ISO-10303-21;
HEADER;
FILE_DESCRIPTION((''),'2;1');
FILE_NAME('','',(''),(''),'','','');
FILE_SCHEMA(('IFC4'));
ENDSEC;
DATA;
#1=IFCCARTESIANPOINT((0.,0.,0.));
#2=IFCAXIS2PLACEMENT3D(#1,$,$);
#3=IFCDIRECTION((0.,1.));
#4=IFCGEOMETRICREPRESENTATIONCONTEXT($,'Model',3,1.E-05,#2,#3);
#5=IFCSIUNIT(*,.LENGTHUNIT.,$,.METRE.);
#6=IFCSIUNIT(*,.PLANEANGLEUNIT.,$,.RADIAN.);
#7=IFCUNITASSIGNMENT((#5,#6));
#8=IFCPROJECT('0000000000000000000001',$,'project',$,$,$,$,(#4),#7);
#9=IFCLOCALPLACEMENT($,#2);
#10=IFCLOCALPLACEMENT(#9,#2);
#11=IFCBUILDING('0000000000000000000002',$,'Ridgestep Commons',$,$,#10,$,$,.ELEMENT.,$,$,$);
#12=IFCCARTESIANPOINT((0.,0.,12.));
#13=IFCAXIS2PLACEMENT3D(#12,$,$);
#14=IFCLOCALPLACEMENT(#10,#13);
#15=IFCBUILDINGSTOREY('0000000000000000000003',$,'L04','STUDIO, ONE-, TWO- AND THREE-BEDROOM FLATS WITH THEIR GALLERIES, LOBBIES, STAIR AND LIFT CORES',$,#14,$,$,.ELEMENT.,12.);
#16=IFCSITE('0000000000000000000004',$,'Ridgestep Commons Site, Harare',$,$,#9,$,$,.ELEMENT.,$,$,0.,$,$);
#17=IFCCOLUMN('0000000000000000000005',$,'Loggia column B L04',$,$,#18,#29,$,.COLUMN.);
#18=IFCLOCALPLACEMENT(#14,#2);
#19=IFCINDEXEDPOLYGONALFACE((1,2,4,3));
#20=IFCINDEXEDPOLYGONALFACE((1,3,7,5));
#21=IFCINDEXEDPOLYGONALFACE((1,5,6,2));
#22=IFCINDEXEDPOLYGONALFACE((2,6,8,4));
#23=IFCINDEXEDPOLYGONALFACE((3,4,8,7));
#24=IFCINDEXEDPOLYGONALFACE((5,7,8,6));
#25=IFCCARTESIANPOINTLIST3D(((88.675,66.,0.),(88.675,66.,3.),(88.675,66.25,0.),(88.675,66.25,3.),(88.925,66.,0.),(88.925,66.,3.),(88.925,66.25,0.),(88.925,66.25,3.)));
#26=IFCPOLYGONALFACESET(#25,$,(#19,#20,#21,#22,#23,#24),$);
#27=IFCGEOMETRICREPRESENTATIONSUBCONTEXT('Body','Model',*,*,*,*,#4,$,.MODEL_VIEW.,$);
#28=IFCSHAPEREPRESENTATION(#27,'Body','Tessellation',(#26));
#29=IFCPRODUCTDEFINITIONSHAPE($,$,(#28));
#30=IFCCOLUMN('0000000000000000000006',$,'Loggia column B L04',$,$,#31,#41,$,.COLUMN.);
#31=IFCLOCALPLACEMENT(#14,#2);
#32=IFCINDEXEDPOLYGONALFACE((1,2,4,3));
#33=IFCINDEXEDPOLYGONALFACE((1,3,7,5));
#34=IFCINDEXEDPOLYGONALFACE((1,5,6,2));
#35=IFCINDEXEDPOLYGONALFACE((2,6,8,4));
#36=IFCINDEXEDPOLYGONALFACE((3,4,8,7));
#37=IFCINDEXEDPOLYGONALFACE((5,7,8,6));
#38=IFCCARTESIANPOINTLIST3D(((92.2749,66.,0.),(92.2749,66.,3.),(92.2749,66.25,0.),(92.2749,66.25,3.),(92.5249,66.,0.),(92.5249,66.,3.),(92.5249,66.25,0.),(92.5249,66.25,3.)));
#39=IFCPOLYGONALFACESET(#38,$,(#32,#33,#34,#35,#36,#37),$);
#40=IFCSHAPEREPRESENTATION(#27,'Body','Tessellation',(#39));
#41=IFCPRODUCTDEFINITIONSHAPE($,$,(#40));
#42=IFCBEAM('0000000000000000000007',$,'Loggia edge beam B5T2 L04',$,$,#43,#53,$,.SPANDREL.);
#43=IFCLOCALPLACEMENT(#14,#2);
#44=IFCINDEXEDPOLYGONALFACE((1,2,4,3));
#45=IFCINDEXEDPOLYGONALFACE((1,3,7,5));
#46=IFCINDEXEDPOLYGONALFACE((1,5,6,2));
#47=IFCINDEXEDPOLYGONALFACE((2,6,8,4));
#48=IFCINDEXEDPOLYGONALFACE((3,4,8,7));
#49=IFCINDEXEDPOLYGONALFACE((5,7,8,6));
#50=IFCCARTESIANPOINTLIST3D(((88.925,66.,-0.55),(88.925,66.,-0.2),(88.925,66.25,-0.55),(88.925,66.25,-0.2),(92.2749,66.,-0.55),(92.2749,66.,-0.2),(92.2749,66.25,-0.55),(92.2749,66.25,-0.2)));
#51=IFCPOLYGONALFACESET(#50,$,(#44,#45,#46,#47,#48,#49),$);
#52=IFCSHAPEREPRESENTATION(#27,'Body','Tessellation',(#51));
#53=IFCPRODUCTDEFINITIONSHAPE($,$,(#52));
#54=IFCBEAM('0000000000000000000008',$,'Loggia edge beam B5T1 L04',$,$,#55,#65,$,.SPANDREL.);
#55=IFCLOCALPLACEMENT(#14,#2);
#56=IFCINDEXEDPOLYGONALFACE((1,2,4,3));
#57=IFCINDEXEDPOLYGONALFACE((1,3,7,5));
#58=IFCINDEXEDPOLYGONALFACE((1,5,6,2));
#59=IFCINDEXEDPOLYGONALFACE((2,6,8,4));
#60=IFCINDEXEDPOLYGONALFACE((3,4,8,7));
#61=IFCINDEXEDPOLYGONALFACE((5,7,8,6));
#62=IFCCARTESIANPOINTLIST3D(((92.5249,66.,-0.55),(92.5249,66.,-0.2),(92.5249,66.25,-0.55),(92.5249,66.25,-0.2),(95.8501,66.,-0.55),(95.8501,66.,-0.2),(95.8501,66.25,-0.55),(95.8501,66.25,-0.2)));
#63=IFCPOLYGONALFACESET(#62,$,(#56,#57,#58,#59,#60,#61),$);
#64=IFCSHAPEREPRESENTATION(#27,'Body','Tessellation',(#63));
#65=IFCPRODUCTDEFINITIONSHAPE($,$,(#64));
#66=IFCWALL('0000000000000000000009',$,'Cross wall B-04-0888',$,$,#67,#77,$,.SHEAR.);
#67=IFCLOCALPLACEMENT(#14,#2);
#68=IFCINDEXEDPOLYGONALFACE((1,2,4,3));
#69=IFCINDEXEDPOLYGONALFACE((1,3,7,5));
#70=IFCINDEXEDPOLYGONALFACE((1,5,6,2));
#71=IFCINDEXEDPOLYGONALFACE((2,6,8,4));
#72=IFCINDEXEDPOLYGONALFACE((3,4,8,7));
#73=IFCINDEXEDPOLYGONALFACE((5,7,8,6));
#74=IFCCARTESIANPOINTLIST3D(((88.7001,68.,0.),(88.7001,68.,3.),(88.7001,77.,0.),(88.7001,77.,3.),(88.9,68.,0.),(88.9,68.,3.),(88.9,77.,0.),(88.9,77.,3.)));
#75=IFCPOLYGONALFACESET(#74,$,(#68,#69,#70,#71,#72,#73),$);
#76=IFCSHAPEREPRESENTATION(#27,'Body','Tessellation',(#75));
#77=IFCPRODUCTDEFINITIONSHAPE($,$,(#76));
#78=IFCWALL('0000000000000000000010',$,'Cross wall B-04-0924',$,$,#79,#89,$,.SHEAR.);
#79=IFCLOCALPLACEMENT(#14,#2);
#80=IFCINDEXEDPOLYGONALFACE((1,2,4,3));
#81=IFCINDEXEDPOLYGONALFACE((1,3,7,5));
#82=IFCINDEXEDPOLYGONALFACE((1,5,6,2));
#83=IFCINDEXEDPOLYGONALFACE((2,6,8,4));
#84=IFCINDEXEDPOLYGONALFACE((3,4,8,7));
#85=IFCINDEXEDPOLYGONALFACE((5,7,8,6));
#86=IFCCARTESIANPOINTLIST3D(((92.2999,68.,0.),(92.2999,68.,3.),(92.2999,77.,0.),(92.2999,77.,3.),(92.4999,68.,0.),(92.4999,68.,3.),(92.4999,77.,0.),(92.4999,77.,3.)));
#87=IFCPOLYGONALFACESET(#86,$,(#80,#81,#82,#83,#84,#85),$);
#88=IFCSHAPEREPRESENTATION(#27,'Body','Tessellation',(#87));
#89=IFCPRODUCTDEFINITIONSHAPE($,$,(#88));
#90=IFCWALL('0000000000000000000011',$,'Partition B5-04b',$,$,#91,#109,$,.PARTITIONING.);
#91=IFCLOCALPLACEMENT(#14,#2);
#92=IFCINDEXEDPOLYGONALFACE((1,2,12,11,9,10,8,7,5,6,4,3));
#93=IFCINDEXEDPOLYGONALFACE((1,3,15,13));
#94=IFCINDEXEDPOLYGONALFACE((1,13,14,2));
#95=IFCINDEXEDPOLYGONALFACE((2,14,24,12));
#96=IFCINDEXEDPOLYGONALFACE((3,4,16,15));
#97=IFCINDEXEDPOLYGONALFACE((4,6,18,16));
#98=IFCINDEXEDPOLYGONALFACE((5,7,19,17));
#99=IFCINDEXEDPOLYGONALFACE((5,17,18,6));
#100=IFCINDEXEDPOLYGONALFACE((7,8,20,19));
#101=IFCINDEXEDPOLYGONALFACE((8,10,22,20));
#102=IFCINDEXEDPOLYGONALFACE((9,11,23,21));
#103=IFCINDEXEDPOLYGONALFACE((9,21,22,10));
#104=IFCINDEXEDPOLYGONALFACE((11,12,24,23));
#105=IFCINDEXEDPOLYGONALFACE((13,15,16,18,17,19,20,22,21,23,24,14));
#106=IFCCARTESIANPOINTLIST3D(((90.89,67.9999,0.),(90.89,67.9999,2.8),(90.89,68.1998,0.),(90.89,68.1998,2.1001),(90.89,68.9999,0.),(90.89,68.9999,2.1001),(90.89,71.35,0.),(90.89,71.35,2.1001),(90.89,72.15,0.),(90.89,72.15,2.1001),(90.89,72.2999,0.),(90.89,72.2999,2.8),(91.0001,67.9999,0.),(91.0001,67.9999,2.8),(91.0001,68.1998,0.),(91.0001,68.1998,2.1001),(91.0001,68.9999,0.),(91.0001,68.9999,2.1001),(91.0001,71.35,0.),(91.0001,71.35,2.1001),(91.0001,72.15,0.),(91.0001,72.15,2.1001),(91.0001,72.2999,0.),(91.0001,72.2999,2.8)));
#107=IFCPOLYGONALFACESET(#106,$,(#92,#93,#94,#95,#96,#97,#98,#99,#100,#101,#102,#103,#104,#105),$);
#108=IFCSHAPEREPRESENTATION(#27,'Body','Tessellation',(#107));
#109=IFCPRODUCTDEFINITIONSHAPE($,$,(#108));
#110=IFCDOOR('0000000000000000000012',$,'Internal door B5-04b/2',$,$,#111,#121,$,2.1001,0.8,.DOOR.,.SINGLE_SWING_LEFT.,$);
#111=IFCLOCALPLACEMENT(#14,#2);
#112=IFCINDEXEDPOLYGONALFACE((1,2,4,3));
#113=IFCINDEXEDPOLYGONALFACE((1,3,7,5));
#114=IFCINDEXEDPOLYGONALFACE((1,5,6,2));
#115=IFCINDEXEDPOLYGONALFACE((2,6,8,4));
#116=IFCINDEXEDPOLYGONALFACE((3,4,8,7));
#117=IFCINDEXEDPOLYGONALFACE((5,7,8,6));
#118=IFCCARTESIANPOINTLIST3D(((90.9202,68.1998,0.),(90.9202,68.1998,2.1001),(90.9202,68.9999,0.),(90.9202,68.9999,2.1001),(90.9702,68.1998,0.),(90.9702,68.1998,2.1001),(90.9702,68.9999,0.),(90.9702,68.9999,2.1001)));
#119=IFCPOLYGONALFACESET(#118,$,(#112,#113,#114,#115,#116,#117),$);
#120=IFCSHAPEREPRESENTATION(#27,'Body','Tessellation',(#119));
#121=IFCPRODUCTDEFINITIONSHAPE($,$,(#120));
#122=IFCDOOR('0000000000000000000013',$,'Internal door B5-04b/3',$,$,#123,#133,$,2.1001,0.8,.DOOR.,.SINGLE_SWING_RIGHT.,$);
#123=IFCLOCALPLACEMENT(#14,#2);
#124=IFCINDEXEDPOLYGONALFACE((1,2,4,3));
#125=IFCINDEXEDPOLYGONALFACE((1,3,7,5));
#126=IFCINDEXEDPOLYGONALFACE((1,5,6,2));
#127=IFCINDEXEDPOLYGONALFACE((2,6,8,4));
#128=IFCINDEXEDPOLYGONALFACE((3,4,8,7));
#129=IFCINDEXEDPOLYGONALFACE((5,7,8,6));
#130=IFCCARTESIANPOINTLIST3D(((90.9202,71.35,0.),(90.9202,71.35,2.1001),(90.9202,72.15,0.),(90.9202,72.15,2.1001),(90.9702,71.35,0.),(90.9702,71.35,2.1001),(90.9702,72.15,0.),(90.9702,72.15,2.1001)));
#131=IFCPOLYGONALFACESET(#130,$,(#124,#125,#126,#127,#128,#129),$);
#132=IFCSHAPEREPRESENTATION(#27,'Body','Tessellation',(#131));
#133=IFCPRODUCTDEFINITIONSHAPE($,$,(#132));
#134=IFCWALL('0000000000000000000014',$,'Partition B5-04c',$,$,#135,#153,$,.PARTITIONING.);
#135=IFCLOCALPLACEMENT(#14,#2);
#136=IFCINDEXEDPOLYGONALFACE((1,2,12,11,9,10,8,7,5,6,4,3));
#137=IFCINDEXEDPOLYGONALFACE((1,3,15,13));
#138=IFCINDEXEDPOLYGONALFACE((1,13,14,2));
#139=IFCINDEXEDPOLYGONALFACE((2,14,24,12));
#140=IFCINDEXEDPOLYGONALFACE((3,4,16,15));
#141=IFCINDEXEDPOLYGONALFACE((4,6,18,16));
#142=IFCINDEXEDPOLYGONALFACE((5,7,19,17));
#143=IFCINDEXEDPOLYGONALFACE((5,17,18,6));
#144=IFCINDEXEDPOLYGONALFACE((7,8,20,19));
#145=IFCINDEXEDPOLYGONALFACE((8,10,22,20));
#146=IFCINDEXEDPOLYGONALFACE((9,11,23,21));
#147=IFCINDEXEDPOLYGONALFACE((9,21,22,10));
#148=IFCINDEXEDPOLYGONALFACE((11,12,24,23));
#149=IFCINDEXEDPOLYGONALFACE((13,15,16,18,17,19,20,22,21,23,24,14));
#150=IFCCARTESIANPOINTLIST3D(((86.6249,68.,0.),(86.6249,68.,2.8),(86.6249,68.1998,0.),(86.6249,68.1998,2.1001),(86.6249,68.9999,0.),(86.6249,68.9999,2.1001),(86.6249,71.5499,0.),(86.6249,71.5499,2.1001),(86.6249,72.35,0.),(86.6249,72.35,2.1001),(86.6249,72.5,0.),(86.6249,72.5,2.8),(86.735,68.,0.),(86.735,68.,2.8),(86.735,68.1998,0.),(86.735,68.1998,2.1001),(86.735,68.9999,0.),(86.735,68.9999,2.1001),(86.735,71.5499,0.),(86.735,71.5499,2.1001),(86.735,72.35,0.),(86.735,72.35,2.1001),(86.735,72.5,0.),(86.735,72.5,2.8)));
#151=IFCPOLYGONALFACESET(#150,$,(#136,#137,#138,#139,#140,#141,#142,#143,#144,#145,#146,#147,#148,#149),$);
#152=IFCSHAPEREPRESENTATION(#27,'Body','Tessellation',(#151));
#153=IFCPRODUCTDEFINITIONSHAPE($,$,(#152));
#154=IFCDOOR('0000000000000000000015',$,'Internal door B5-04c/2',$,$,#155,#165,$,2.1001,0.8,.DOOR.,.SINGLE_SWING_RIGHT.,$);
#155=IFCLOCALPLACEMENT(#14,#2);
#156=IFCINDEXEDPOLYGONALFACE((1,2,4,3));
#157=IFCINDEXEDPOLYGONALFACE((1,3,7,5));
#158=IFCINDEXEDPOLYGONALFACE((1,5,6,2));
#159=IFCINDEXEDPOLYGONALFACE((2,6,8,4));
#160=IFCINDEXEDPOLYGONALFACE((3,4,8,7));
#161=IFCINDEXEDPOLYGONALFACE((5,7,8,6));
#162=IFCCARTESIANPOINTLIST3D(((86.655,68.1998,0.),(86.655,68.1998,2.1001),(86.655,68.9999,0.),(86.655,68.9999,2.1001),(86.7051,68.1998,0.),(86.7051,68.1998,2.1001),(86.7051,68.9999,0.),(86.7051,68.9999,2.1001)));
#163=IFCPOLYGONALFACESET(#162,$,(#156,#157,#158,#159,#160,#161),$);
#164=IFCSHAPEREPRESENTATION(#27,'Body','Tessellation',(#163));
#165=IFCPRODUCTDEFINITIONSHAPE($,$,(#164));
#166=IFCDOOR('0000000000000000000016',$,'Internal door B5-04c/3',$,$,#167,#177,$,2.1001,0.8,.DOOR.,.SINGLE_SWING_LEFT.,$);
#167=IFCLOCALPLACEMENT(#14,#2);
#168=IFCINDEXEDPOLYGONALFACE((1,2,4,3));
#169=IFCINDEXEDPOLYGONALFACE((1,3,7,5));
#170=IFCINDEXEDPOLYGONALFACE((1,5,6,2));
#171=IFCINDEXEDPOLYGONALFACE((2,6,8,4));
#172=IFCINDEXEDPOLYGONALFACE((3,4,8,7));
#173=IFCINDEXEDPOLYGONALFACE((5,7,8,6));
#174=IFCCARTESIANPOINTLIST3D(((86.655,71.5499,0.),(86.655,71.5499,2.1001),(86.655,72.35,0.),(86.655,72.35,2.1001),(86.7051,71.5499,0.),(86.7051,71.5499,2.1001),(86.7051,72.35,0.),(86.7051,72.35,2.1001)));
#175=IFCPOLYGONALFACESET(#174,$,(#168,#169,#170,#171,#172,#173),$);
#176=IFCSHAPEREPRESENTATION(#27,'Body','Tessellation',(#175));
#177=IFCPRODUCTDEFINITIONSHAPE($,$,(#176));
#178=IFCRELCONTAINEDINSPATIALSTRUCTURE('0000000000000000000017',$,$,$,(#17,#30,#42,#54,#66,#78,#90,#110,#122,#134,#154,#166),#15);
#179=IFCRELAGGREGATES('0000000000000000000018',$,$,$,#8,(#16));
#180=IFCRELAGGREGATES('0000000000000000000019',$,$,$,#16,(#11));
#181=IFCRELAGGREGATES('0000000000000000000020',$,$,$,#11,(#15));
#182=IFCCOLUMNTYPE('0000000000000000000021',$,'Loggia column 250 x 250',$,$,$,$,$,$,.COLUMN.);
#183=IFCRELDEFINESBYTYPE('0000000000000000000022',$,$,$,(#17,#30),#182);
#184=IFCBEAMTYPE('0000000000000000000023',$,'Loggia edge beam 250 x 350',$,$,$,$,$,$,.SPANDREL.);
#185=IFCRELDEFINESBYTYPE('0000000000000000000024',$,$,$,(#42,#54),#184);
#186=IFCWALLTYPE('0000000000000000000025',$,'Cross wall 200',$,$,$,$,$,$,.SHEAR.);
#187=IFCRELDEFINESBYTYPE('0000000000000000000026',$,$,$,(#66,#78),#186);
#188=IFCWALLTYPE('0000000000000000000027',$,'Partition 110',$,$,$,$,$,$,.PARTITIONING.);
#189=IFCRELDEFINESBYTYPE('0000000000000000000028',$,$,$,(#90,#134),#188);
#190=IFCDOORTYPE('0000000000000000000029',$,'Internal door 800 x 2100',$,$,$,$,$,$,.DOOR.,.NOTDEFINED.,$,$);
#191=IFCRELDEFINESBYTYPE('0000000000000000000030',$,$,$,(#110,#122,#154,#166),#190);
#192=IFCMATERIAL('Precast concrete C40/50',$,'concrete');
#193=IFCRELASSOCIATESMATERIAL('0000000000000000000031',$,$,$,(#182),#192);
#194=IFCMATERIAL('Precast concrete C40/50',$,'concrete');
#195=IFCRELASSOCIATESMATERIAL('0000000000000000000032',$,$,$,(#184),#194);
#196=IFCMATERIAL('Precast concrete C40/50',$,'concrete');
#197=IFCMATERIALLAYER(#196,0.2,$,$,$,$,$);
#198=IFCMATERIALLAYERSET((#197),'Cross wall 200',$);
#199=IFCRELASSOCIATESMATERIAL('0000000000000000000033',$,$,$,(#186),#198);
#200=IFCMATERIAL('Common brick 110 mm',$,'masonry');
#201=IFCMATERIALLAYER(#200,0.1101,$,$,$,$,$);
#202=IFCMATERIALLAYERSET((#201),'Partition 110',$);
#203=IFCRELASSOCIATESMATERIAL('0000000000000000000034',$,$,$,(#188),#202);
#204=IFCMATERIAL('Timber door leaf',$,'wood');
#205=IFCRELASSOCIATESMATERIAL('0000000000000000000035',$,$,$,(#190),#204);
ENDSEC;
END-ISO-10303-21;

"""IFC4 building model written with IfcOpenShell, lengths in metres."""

from ifc_helpers import new_model, si_unit, direction, frame, frame_2d, origin, origin_2d, place, context, subcontext, project, spatial, rectangle, extrude, material, layer, layer_set, material_profile, profile_set, type_object, element, fill, save


model = new_model("IFC4")

# Units and contexts
model_context = context("Model", 3, precision=1e-05, world=origin(), true_north=direction((0.0, 1.0)))
body_context = subcontext(model_context, "Body", "Model", "MODEL_VIEW")
ifc_project = project(units=[si_unit("LENGTHUNIT", "METRE"), si_unit("PLANEANGLEUNIT", "RADIAN")], contexts=[model_context])

# Site, building, storey
site_placement = place(None, origin())
site = spatial("IfcSite", under=ifc_project, at=site_placement, Name="Ridgestep Commons Site, Harare", CompositionType="ELEMENT", RefElevation=0.0)
building_placement = place(site_placement, origin())
building = spatial("IfcBuilding", under=site, at=building_placement, Name="Ridgestep Commons", CompositionType="ELEMENT")
storey_placement = place(building_placement, frame((0.0, 0.0, 12.0)))
storey = spatial("IfcBuildingStorey", under=building, at=storey_placement, Name="L04", Description="STUDIO, ONE-, TWO- AND THREE-BEDROOM FLATS WITH THEIR GALLERIES, LOBBIES, STAIR AND LIFT CORES", CompositionType="ELEMENT", Elevation=12.0)

# Columns
ifc_material_1 = material(Name="Precast concrete C40/50", Category="concrete")
ifc_material_profile_1 = material_profile(ifc_material_1, rectangle(XDim=0.25, YDim=0.25, at=origin_2d()), Name="PC 250x250")
ifc_profile_set_1 = profile_set([ifc_material_profile_1], Name="Precast concrete C40/50")
column_type = type_object("IfcColumnType", Name="Loggia column 250 x 250", PredefinedType="COLUMN", material=ifc_profile_set_1)
for number, where, z_axis, x_axis, name in (
    (1, (88.8, 66.125, 0.0), (0.0, 0.0, 1.0), (1.0, 0.0, 0.0), "Loggia column B L04"),
    (2, (92.3999, 66.125, 0.0), (0.0, 0.0, 1.0), (1.0, 0.0, 0.0), "Loggia column B L04"),
):
    element("IfcColumn", number, at=place(storey_placement, frame(where, z_axis=z_axis, x_axis=x_axis)), inside=storey, type_object=column_type, Name=name, PredefinedType="COLUMN", context=body_context, shape_type="SweptSolid", body=[
        extrude(rectangle(XDim=0.25, YDim=0.25, at=origin_2d()), origin(), (0.0, 0.0, 1.0), 3.0),
    ])

# Beams
ifc_material_2 = material(Name="Precast concrete C40/50", Category="concrete")
ifc_material_profile_2 = material_profile(ifc_material_2, rectangle(XDim=0.25, YDim=0.3501, at=origin_2d()), Name="PC 250x350")
ifc_profile_set_2 = profile_set([ifc_material_profile_2], Name="Precast concrete C40/50")
beam_type = type_object("IfcBeamType", Name="Loggia edge beam 250 x 350", PredefinedType="SPANDREL", material=ifc_profile_set_2)
beam_1_placement = place(storey_placement, frame((88.925, 66.125, -0.375), z_axis=(1.0, 0.0, 0.0), x_axis=(0.0, 1.0, 0.0)))
element("IfcBeam", 3, at=beam_1_placement, inside=storey, type_object=beam_type, Name="Loggia edge beam B5T2 L04", PredefinedType="SPANDREL", context=body_context, shape_type="SweptSolid", body=[
    extrude(rectangle(XDim=0.25, YDim=0.3501, at=origin_2d()), origin(), (0.0, 0.0, 1.0), 3.3499),
])
beam_2_placement = place(storey_placement, frame((92.5249, 66.125, -0.375), z_axis=(1.0, 0.0, 0.0), x_axis=(0.0, 1.0, 0.0)))
element("IfcBeam", 4, at=beam_2_placement, inside=storey, type_object=beam_type, Name="Loggia edge beam B5T1 L04", PredefinedType="SPANDREL", context=body_context, shape_type="SweptSolid", body=[
    extrude(rectangle(XDim=0.25, YDim=0.3501, at=origin_2d()), origin(), (0.0, 0.0, 1.0), 3.3252),
])

# Walls
ifc_material_3 = material(Name="Precast concrete C40/50", Category="concrete")
ifc_layer_1 = layer(ifc_material_3, 0.2)
ifc_layer_set_1 = layer_set([ifc_layer_1], Name="Cross wall 200")
wall_type_1 = type_object("IfcWallType", Name="Cross wall 200", PredefinedType="SHEAR", material=ifc_layer_set_1)
for number, where, z_axis, x_axis, name in (
    (5, (88.8, 68.0, 0.0), (0.0, 0.0, 1.0), (0.0, 1.0, 0.0), "Cross wall B-04-0888"),
    (6, (92.3999, 68.0, 0.0), (0.0, 0.0, 1.0), (0.0, 1.0, 0.0), "Cross wall B-04-0924"),
):
    element("IfcWall", number, at=place(storey_placement, frame(where, z_axis=z_axis, x_axis=x_axis)), inside=storey, type_object=wall_type_1, Name=name, PredefinedType="SHEAR", context=body_context, shape_type="SweptSolid", body=[
        extrude(rectangle(XDim=9.0, YDim=0.2, at=frame_2d((4.5, 0.0))), origin(), (0.0, 0.0, 1.0), 3.0),
    ])

# Walls, openings, doors
ifc_material_4 = material(Name="Common brick 110 mm", Category="masonry")
ifc_layer_2 = layer(ifc_material_4, 0.1101)
ifc_layer_set_2 = layer_set([ifc_layer_2], Name="Partition 110")
wall_type_2 = type_object("IfcWallType", Name="Partition 110", PredefinedType="PARTITIONING", material=ifc_layer_set_2)
wall_1_placement = place(storey_placement, frame((90.9451, 68.0, 0.0), z_axis=(0.0, 0.0, 1.0), x_axis=(0.0, 1.0, 0.0)))
wall_1 = element("IfcWall", 7, at=wall_1_placement, inside=storey, type_object=wall_type_2, Name="Partition B5-04b", PredefinedType="PARTITIONING", context=body_context, shape_type="SweptSolid", body=[
    extrude(rectangle(XDim=4.3, YDim=0.1101, at=frame_2d((2.1499, 0.0))), origin(), (0.0, 0.0, 1.0), 2.8),
])
opening_1_placement = place(wall_1_placement, frame((0.2, 0.0, 0.0)))
opening_1 = element("IfcOpeningElement", 8, at=opening_1_placement, cuts=wall_1, PredefinedType="OPENING", context=body_context, shape_type="SweptSolid", body=[
    extrude(rectangle(XDim=0.8, YDim=2.1001, at=frame_2d((0.3999, 1.05))), frame((0.0, 0.0649, 0.0), z_axis=(0.0, -1.0, 0.0), x_axis=(1.0, 0.0, 0.0)), (0.0, 0.0, 1.0), 0.1301),
])
opening_2_placement = place(wall_1_placement, frame((3.3501, 0.0, 0.0)))
opening_2 = element("IfcOpeningElement", 9, at=opening_2_placement, cuts=wall_1, PredefinedType="OPENING", context=body_context, shape_type="SweptSolid", body=[
    extrude(rectangle(XDim=0.8, YDim=2.1001, at=frame_2d((0.3999, 1.05))), frame((0.0, 0.0649, 0.0), z_axis=(0.0, -1.0, 0.0), x_axis=(1.0, 0.0, 0.0)), (0.0, 0.0, 1.0), 0.1301),
])
ifc_material_5 = material(Name="Timber door leaf", Category="wood")
door_type_1 = type_object("IfcDoorType", Name="Internal door 800 x 2100", OperationType="NOTDEFINED", PredefinedType="DOOR", material=ifc_material_5)
door_1_placement = place(opening_1_placement, origin())
door_1 = element("IfcDoor", 10, at=door_1_placement, inside=storey, type_object=door_type_1, Name="Internal door B5-04b/2", OperationType="SINGLE_SWING_LEFT", OverallHeight=2.1001, OverallWidth=0.8, PredefinedType="DOOR", context=body_context, shape_type="SweptSolid", body=[
    extrude(rectangle(XDim=0.8, YDim=2.1001, at=frame_2d((0.3999, 1.05))), frame((0.0, 0.0249, 0.0), z_axis=(0.0, -1.0, 0.0), x_axis=(1.0, 0.0, 0.0)), (0.0, 0.0, 1.0), 0.05),
])
fill(opening_1, door_1)
door_2_placement = place(opening_2_placement, origin())
door_2 = element("IfcDoor", 11, at=door_2_placement, inside=storey, type_object=door_type_1, Name="Internal door B5-04b/3", OperationType="SINGLE_SWING_RIGHT", OverallHeight=2.1001, OverallWidth=0.8, PredefinedType="DOOR", context=body_context, shape_type="SweptSolid", body=[
    extrude(rectangle(XDim=0.8, YDim=2.1001, at=frame_2d((0.3999, 1.05))), frame((0.0, 0.0249, 0.0), z_axis=(0.0, -1.0, 0.0), x_axis=(1.0, 0.0, 0.0)), (0.0, 0.0, 1.0), 0.05),
])
fill(opening_2, door_2)
wall_2_placement = place(storey_placement, frame((86.6799, 68.0, 0.0), z_axis=(0.0, 0.0, 1.0), x_axis=(0.0, 1.0, 0.0)))
wall_2 = element("IfcWall", 12, at=wall_2_placement, inside=storey, type_object=wall_type_2, Name="Partition B5-04c", PredefinedType="PARTITIONING", context=body_context, shape_type="SweptSolid", body=[
    extrude(rectangle(XDim=4.5, YDim=0.1101, at=frame_2d((2.25, 0.0))), origin(), (0.0, 0.0, 1.0), 2.8),
])
opening_3_placement = place(wall_2_placement, frame((0.2, 0.0, 0.0)))
opening_3 = element("IfcOpeningElement", 13, at=opening_3_placement, cuts=wall_2, PredefinedType="OPENING", context=body_context, shape_type="SweptSolid", body=[
    extrude(rectangle(XDim=0.8, YDim=2.1001, at=frame_2d((0.3999, 1.05))), frame((0.0, 0.0649, 0.0), z_axis=(0.0, -1.0, 0.0), x_axis=(1.0, 0.0, 0.0)), (0.0, 0.0, 1.0), 0.1301),
])
opening_4_placement = place(wall_2_placement, frame((3.55, 0.0, 0.0)))
opening_4 = element("IfcOpeningElement", 14, at=opening_4_placement, cuts=wall_2, PredefinedType="OPENING", context=body_context, shape_type="SweptSolid", body=[
    extrude(rectangle(XDim=0.8, YDim=2.1001, at=frame_2d((0.3999, 1.05))), frame((0.0, 0.0649, 0.0), z_axis=(0.0, -1.0, 0.0), x_axis=(1.0, 0.0, 0.0)), (0.0, 0.0, 1.0), 0.1301),
])
door_3_placement = place(opening_3_placement, origin())
door_3 = element("IfcDoor", 15, at=door_3_placement, inside=storey, type_object=door_type_1, Name="Internal door B5-04c/2", OperationType="SINGLE_SWING_RIGHT", OverallHeight=2.1001, OverallWidth=0.8, PredefinedType="DOOR", context=body_context, shape_type="SweptSolid", body=[
    extrude(rectangle(XDim=0.8, YDim=2.1001, at=frame_2d((0.3999, 1.05))), frame((0.0, 0.0249, 0.0), z_axis=(0.0, -1.0, 0.0), x_axis=(1.0, 0.0, 0.0)), (0.0, 0.0, 1.0), 0.05),
])
fill(opening_3, door_3)
door_4_placement = place(opening_4_placement, origin())
door_4 = element("IfcDoor", 16, at=door_4_placement, inside=storey, type_object=door_type_1, Name="Internal door B5-04c/3", OperationType="SINGLE_SWING_LEFT", OverallHeight=2.1001, OverallWidth=0.8, PredefinedType="DOOR", context=body_context, shape_type="SweptSolid", body=[
    extrude(rectangle(XDim=0.8, YDim=2.1001, at=frame_2d((0.3999, 1.05))), frame((0.0, 0.0249, 0.0), z_axis=(0.0, -1.0, 0.0), x_axis=(1.0, 0.0, 0.0)), (0.0, 0.0, 1.0), 0.05),
])
fill(opening_4, door_4)

save(model, "model.ifc")
